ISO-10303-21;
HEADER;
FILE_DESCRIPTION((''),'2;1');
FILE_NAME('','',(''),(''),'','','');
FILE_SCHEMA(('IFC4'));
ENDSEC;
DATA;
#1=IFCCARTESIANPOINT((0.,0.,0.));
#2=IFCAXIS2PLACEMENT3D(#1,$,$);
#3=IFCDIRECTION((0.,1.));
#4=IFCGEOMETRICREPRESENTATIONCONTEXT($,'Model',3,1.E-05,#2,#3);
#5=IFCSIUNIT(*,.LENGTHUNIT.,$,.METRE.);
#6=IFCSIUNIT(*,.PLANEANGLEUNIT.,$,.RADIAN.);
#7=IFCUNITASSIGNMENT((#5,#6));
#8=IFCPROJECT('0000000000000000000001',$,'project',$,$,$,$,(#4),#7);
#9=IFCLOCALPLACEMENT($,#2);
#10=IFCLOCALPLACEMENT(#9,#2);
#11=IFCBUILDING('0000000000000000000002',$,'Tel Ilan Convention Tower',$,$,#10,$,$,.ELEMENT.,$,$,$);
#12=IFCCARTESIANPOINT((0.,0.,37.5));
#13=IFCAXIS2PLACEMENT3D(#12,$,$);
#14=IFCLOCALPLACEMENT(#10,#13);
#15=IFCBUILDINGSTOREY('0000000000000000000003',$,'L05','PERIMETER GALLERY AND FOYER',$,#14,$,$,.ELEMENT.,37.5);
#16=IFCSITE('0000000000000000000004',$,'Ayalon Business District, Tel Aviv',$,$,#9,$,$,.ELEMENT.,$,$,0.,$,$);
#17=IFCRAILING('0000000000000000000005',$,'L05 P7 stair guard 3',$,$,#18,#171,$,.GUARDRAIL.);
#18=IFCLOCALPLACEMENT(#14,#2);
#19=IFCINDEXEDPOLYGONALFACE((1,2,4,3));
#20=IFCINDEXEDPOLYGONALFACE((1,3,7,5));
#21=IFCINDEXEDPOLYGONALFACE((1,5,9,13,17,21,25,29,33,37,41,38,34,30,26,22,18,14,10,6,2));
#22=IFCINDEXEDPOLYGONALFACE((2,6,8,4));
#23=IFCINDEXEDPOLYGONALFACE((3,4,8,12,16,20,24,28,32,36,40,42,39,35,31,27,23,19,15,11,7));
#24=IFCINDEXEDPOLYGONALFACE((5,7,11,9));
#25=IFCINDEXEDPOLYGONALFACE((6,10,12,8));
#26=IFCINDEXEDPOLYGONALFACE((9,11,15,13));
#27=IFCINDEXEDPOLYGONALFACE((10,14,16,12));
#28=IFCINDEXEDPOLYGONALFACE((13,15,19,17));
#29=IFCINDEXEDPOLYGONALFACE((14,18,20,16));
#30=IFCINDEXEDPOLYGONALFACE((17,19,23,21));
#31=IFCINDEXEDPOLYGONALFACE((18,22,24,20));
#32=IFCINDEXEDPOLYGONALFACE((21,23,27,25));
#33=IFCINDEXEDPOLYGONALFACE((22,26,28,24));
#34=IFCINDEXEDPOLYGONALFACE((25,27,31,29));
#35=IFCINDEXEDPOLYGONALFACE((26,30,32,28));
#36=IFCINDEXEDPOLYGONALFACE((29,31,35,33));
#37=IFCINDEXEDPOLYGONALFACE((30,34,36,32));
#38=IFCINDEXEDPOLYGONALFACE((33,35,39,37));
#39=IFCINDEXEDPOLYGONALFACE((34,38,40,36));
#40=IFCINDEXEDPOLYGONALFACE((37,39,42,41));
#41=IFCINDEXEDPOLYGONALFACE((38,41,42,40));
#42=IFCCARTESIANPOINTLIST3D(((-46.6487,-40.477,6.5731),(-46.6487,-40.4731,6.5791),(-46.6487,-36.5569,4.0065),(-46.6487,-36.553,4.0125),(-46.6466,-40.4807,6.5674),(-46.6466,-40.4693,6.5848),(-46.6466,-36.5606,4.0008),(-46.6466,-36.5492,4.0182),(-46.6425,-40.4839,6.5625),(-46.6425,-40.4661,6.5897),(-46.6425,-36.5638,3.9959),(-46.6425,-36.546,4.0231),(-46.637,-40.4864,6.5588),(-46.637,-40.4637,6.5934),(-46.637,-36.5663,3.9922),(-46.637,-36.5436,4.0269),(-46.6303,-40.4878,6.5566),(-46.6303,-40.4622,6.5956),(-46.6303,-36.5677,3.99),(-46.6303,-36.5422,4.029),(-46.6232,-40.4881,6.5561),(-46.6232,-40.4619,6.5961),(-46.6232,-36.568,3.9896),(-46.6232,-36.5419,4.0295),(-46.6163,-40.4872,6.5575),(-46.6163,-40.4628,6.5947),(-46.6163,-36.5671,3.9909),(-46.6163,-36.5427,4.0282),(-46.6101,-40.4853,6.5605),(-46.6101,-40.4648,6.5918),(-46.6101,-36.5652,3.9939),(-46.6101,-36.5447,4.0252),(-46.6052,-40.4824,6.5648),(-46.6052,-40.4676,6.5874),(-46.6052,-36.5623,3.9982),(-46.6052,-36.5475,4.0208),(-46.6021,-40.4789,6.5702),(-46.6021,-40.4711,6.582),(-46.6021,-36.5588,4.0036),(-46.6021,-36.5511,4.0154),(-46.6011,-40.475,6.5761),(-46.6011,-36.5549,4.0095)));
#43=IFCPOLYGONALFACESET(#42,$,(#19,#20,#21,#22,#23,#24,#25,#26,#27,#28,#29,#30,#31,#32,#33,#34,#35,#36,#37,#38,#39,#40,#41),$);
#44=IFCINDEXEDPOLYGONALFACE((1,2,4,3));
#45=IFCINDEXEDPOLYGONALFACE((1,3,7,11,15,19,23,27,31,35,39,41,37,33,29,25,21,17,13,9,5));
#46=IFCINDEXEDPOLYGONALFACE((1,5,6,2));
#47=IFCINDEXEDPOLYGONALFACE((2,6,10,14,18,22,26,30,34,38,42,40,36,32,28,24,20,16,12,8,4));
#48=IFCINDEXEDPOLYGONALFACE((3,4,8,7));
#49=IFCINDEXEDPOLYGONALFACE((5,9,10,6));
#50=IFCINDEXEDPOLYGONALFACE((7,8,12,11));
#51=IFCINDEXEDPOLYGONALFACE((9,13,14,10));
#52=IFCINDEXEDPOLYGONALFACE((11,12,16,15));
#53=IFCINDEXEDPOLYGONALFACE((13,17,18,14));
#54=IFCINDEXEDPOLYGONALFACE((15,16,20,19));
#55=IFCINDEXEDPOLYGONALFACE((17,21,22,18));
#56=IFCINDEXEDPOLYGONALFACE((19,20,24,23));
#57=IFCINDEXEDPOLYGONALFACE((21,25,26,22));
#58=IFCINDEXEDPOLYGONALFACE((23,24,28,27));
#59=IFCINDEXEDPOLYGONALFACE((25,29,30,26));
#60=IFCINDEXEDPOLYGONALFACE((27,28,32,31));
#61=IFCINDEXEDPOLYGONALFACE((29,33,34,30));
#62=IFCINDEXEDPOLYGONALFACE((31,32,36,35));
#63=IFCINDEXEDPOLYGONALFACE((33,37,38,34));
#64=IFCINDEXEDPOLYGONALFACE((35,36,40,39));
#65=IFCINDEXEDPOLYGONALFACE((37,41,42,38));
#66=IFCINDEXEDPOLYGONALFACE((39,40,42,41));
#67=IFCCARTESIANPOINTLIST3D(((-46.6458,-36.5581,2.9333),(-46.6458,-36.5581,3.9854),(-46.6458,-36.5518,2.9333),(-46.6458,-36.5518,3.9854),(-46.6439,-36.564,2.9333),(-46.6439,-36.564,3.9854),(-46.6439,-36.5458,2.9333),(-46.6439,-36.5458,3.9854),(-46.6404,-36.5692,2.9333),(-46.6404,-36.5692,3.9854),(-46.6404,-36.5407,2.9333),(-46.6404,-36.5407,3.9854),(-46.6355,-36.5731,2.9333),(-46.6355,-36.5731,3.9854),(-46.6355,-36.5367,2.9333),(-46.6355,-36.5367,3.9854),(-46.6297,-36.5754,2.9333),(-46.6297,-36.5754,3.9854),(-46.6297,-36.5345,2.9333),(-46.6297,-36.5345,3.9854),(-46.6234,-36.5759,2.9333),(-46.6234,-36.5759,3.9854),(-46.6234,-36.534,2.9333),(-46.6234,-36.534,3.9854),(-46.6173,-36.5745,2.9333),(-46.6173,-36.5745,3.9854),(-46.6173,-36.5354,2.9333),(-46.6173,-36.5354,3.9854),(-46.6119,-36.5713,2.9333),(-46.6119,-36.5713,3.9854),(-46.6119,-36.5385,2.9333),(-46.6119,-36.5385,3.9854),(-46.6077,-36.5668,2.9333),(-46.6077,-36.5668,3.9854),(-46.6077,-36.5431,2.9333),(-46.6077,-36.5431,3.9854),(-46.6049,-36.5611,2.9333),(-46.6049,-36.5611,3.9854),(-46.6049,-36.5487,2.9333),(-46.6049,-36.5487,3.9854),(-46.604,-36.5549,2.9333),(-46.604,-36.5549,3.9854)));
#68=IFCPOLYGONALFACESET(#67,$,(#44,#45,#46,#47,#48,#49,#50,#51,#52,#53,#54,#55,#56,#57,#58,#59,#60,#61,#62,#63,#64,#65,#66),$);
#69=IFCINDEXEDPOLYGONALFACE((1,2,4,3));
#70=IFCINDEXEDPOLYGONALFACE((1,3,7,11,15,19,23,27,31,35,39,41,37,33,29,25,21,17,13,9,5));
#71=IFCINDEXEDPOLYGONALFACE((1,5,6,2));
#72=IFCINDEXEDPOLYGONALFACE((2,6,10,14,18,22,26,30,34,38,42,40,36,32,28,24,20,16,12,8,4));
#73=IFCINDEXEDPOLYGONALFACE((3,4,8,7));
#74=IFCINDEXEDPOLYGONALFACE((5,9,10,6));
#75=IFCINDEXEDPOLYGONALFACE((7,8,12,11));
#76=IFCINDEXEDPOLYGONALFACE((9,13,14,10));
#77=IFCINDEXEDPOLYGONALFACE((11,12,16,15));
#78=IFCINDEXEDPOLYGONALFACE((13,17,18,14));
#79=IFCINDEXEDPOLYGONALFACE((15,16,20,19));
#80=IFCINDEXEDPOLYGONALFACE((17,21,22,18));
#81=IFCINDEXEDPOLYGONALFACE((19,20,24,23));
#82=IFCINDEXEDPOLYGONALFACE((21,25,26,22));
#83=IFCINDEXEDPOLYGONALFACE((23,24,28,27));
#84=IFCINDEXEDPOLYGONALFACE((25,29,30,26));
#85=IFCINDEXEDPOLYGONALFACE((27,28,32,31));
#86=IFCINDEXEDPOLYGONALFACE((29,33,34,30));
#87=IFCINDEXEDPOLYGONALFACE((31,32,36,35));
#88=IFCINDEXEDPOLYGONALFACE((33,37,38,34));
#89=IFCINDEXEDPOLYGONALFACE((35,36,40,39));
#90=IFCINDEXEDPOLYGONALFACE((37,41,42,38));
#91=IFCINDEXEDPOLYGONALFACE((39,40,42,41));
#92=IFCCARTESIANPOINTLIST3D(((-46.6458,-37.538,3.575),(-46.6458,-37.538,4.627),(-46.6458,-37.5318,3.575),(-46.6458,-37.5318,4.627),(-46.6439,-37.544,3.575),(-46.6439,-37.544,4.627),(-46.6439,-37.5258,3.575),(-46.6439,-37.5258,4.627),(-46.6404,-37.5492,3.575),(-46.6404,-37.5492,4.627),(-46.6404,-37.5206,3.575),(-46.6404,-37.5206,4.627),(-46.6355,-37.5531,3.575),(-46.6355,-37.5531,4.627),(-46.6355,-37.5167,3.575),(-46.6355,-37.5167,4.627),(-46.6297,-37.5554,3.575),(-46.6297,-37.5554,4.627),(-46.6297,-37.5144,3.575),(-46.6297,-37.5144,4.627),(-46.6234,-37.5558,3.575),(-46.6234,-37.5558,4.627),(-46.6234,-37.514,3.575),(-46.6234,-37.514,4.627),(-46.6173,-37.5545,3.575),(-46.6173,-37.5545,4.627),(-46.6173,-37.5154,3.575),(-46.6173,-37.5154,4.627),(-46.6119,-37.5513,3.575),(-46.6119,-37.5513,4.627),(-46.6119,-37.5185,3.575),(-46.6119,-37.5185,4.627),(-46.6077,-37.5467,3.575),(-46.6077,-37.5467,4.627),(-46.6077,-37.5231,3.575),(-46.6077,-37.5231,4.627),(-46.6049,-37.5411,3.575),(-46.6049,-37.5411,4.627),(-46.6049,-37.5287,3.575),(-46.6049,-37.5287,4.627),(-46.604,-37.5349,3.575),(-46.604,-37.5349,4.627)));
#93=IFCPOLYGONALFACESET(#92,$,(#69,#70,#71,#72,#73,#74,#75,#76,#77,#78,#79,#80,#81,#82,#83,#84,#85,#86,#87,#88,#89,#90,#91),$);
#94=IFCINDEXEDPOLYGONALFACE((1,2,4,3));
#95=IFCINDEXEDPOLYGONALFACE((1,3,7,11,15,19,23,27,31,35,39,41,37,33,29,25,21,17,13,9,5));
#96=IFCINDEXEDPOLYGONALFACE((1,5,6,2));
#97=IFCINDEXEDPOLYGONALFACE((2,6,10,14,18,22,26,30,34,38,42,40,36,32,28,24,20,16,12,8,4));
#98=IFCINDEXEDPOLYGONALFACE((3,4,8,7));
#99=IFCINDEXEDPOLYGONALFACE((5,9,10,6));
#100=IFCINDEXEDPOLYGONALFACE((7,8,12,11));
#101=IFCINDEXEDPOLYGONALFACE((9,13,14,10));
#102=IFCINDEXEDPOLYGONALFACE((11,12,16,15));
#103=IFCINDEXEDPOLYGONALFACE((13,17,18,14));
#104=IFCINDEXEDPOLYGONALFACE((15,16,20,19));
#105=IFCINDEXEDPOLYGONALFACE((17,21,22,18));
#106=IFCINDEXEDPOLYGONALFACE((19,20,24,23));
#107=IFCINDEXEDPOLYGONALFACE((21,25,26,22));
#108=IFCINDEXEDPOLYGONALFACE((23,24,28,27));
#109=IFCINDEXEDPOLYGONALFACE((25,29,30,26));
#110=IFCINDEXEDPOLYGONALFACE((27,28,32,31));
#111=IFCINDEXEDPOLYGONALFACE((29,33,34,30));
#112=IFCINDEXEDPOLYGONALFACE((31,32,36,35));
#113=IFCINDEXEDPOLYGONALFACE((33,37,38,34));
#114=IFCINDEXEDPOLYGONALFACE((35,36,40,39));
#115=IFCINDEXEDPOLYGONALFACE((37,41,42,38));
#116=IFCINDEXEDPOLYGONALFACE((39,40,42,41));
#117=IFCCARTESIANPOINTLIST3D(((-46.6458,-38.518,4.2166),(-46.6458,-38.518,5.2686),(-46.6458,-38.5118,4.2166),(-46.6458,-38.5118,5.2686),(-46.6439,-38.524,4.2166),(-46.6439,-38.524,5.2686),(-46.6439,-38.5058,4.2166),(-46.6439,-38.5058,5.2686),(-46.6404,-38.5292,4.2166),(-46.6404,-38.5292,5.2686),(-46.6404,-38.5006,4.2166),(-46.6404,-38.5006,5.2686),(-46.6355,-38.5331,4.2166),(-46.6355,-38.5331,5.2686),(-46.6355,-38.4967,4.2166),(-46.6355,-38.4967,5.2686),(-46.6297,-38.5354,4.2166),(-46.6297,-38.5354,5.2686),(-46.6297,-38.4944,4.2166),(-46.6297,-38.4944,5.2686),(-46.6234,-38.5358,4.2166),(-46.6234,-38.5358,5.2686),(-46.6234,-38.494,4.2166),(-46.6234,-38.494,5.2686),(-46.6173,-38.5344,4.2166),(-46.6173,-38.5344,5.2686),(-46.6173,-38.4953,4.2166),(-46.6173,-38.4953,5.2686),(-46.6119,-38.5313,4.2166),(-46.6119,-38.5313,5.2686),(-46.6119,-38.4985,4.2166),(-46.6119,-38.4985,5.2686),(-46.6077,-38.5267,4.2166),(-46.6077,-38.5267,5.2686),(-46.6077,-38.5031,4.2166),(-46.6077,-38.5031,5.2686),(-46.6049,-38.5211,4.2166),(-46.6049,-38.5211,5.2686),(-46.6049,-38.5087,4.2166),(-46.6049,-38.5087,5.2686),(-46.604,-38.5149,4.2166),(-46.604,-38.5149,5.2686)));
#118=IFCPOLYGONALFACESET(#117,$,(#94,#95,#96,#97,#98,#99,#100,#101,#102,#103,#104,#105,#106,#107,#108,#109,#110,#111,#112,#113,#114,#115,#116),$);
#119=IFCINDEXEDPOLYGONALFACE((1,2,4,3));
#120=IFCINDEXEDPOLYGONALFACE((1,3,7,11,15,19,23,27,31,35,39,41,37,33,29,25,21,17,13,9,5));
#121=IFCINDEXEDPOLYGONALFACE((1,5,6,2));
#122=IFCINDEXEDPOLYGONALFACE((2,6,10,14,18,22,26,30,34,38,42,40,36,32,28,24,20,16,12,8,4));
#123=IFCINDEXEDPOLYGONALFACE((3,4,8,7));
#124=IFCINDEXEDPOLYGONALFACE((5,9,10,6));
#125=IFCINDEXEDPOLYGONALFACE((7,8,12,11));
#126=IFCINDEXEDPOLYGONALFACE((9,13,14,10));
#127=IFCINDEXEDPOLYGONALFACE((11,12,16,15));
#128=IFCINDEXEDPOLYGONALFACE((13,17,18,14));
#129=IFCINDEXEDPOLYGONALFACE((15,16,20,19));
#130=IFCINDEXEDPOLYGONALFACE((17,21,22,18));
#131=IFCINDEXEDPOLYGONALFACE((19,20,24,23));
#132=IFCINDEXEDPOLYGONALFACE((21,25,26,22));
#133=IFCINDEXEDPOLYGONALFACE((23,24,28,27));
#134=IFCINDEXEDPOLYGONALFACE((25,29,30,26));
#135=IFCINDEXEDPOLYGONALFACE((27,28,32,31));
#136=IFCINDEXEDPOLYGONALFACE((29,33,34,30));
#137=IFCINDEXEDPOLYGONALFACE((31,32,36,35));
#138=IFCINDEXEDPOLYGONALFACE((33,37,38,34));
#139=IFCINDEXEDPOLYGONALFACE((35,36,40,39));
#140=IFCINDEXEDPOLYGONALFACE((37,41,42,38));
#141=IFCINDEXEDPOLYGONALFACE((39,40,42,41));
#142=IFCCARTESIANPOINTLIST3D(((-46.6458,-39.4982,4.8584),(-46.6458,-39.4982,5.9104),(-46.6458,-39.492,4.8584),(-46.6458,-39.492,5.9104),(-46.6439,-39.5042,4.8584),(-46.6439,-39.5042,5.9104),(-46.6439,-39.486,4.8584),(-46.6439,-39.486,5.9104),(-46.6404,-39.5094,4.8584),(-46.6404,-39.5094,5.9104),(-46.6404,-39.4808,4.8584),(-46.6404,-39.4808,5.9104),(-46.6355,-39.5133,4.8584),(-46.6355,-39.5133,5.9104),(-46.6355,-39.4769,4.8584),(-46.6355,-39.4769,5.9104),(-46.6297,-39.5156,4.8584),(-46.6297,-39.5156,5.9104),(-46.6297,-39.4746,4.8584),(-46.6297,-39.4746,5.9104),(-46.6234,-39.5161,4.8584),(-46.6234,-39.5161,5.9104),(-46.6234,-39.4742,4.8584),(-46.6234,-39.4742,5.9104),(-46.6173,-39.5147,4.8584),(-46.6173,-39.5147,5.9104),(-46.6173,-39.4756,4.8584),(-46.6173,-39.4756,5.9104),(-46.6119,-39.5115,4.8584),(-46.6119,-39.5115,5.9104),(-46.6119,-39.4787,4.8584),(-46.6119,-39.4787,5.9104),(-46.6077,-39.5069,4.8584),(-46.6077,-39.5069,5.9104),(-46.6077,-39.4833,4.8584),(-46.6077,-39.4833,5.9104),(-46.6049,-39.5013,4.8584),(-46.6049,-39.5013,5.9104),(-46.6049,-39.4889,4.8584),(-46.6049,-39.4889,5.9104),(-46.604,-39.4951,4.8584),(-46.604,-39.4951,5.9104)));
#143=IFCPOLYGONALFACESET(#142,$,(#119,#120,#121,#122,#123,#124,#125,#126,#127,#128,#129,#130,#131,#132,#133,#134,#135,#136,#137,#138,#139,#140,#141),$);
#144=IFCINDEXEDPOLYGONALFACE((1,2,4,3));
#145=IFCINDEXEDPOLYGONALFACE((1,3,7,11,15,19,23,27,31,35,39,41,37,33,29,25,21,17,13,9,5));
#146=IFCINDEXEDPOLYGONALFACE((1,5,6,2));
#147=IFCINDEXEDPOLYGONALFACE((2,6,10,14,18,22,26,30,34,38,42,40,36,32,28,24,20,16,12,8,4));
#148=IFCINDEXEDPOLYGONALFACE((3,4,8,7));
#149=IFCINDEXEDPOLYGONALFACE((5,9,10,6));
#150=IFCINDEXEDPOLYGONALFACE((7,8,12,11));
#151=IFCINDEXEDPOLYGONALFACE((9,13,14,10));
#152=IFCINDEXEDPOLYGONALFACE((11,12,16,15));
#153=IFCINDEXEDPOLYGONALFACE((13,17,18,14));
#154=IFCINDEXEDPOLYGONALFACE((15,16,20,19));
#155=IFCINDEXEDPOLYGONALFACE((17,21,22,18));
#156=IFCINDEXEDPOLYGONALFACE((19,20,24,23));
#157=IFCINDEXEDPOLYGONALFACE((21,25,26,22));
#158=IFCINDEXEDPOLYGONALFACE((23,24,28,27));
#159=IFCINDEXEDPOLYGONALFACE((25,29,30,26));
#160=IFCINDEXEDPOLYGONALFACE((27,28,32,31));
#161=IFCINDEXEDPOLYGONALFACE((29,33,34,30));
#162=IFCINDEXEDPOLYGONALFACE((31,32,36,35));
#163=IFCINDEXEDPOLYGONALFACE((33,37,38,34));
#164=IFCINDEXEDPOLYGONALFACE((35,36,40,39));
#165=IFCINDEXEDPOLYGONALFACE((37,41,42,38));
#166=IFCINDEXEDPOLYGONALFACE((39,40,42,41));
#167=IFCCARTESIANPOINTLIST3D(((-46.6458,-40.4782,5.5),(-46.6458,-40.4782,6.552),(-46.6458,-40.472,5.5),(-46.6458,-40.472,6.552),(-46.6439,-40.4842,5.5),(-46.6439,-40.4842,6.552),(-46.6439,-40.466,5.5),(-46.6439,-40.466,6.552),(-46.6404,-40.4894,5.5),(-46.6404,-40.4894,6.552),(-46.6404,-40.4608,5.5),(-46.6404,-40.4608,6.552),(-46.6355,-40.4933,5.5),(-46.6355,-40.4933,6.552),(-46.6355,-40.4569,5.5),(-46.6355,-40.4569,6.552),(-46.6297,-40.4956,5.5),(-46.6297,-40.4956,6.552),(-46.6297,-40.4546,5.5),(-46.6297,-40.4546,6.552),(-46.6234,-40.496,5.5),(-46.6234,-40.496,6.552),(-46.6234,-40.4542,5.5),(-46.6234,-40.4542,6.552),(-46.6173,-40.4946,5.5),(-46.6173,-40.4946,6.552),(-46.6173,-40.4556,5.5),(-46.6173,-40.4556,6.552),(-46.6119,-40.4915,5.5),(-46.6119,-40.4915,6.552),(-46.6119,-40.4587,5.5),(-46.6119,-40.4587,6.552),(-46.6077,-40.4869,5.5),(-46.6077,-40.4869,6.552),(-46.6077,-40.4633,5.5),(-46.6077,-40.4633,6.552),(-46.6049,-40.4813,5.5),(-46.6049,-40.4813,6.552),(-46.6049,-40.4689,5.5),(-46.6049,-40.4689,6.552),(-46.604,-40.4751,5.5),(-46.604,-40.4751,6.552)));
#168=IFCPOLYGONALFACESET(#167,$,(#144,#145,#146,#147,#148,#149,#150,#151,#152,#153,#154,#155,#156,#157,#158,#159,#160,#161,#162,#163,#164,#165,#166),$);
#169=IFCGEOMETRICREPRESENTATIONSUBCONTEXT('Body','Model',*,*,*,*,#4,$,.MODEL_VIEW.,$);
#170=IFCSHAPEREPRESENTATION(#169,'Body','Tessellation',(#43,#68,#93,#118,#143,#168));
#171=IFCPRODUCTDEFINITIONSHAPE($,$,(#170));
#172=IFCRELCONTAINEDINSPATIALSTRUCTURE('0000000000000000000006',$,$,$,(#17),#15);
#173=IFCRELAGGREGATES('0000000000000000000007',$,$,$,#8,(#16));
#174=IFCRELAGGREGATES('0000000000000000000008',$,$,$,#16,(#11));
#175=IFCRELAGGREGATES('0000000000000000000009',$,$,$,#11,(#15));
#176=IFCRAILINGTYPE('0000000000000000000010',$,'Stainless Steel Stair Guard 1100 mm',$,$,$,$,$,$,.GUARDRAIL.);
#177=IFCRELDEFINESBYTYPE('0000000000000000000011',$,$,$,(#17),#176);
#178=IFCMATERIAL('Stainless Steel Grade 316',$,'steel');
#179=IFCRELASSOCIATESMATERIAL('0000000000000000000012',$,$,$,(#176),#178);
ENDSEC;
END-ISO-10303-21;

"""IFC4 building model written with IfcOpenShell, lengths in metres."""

from ifc_helpers import new_model, si_unit, direction, frame, origin, origin_2d, place, context, subcontext, project, spatial, circle, extrude, material, type_object, element, save


model = new_model("IFC4")

# Units and contexts
model_context = context("Model", 3, precision=1e-05, world=origin(), true_north=direction((0.0, 1.0)))
body_context = subcontext(model_context, "Body", "Model", "MODEL_VIEW")
ifc_project = project(units=[si_unit("LENGTHUNIT", "METRE"), si_unit("PLANEANGLEUNIT", "RADIAN")], contexts=[model_context])

# Site, building, storey
site_placement = place(None, origin())
site = spatial("IfcSite", under=ifc_project, at=site_placement, Name="Ayalon Business District, Tel Aviv", CompositionType="ELEMENT", RefElevation=0.0)
building_placement = place(site_placement, origin())
building = spatial("IfcBuilding", under=site, at=building_placement, Name="Tel Ilan Convention Tower", CompositionType="ELEMENT")
storey_placement = place(building_placement, frame((0.0, 0.0, 37.5)))
storey = spatial("IfcBuildingStorey", under=building, at=storey_placement, Name="L05", Description="PERIMETER GALLERY AND FOYER", CompositionType="ELEMENT", Elevation=37.5)

# Railing
ifc_material_1 = material(Name="Stainless Steel Grade 316", Category="steel")
railing_type_1 = type_object("IfcRailingType", Name="Stainless Steel Stair Guard 1100 mm", PredefinedType="GUARDRAIL", material=ifc_material_1)
railing_1_placement = place(storey_placement, frame((-46.625, -36.5549, 2.9333)))
element("IfcRailing", 1, at=railing_1_placement, inside=storey, type_object=railing_type_1, Name="L05 P7 stair guard 3", PredefinedType="GUARDRAIL", context=body_context, shape_type="SweptSolid", body=[
    extrude(circle(Radius=0.0239, at=origin_2d()), frame((0.0, 0.0, 1.0762), z_axis=(0.0, -0.836631, 0.547767), x_axis=(1.0, 0.0, 0.0)), (0.0, 0.0, 1.0), 4.6855),
    extrude(circle(Radius=0.021, at=origin_2d()), origin(), (0.0, 0.0, 1.0), 1.052),
    extrude(circle(Radius=0.021, at=origin_2d()), frame((0.0, -0.98, 0.6416)), (0.0, 0.0, 1.0), 1.052),
    extrude(circle(Radius=0.021, at=origin_2d()), frame((0.0, -1.96, 1.2832)), (0.0, 0.0, 1.0), 1.052),
    extrude(circle(Radius=0.021, at=origin_2d()), frame((0.0, -2.9402, 1.925)), (0.0, 0.0, 1.0), 1.052),
    extrude(circle(Radius=0.021, at=origin_2d()), frame((0.0, -3.9202, 2.5667)), (0.0, 0.0, 1.0), 1.052),
])

save(model, "model.ifc")
